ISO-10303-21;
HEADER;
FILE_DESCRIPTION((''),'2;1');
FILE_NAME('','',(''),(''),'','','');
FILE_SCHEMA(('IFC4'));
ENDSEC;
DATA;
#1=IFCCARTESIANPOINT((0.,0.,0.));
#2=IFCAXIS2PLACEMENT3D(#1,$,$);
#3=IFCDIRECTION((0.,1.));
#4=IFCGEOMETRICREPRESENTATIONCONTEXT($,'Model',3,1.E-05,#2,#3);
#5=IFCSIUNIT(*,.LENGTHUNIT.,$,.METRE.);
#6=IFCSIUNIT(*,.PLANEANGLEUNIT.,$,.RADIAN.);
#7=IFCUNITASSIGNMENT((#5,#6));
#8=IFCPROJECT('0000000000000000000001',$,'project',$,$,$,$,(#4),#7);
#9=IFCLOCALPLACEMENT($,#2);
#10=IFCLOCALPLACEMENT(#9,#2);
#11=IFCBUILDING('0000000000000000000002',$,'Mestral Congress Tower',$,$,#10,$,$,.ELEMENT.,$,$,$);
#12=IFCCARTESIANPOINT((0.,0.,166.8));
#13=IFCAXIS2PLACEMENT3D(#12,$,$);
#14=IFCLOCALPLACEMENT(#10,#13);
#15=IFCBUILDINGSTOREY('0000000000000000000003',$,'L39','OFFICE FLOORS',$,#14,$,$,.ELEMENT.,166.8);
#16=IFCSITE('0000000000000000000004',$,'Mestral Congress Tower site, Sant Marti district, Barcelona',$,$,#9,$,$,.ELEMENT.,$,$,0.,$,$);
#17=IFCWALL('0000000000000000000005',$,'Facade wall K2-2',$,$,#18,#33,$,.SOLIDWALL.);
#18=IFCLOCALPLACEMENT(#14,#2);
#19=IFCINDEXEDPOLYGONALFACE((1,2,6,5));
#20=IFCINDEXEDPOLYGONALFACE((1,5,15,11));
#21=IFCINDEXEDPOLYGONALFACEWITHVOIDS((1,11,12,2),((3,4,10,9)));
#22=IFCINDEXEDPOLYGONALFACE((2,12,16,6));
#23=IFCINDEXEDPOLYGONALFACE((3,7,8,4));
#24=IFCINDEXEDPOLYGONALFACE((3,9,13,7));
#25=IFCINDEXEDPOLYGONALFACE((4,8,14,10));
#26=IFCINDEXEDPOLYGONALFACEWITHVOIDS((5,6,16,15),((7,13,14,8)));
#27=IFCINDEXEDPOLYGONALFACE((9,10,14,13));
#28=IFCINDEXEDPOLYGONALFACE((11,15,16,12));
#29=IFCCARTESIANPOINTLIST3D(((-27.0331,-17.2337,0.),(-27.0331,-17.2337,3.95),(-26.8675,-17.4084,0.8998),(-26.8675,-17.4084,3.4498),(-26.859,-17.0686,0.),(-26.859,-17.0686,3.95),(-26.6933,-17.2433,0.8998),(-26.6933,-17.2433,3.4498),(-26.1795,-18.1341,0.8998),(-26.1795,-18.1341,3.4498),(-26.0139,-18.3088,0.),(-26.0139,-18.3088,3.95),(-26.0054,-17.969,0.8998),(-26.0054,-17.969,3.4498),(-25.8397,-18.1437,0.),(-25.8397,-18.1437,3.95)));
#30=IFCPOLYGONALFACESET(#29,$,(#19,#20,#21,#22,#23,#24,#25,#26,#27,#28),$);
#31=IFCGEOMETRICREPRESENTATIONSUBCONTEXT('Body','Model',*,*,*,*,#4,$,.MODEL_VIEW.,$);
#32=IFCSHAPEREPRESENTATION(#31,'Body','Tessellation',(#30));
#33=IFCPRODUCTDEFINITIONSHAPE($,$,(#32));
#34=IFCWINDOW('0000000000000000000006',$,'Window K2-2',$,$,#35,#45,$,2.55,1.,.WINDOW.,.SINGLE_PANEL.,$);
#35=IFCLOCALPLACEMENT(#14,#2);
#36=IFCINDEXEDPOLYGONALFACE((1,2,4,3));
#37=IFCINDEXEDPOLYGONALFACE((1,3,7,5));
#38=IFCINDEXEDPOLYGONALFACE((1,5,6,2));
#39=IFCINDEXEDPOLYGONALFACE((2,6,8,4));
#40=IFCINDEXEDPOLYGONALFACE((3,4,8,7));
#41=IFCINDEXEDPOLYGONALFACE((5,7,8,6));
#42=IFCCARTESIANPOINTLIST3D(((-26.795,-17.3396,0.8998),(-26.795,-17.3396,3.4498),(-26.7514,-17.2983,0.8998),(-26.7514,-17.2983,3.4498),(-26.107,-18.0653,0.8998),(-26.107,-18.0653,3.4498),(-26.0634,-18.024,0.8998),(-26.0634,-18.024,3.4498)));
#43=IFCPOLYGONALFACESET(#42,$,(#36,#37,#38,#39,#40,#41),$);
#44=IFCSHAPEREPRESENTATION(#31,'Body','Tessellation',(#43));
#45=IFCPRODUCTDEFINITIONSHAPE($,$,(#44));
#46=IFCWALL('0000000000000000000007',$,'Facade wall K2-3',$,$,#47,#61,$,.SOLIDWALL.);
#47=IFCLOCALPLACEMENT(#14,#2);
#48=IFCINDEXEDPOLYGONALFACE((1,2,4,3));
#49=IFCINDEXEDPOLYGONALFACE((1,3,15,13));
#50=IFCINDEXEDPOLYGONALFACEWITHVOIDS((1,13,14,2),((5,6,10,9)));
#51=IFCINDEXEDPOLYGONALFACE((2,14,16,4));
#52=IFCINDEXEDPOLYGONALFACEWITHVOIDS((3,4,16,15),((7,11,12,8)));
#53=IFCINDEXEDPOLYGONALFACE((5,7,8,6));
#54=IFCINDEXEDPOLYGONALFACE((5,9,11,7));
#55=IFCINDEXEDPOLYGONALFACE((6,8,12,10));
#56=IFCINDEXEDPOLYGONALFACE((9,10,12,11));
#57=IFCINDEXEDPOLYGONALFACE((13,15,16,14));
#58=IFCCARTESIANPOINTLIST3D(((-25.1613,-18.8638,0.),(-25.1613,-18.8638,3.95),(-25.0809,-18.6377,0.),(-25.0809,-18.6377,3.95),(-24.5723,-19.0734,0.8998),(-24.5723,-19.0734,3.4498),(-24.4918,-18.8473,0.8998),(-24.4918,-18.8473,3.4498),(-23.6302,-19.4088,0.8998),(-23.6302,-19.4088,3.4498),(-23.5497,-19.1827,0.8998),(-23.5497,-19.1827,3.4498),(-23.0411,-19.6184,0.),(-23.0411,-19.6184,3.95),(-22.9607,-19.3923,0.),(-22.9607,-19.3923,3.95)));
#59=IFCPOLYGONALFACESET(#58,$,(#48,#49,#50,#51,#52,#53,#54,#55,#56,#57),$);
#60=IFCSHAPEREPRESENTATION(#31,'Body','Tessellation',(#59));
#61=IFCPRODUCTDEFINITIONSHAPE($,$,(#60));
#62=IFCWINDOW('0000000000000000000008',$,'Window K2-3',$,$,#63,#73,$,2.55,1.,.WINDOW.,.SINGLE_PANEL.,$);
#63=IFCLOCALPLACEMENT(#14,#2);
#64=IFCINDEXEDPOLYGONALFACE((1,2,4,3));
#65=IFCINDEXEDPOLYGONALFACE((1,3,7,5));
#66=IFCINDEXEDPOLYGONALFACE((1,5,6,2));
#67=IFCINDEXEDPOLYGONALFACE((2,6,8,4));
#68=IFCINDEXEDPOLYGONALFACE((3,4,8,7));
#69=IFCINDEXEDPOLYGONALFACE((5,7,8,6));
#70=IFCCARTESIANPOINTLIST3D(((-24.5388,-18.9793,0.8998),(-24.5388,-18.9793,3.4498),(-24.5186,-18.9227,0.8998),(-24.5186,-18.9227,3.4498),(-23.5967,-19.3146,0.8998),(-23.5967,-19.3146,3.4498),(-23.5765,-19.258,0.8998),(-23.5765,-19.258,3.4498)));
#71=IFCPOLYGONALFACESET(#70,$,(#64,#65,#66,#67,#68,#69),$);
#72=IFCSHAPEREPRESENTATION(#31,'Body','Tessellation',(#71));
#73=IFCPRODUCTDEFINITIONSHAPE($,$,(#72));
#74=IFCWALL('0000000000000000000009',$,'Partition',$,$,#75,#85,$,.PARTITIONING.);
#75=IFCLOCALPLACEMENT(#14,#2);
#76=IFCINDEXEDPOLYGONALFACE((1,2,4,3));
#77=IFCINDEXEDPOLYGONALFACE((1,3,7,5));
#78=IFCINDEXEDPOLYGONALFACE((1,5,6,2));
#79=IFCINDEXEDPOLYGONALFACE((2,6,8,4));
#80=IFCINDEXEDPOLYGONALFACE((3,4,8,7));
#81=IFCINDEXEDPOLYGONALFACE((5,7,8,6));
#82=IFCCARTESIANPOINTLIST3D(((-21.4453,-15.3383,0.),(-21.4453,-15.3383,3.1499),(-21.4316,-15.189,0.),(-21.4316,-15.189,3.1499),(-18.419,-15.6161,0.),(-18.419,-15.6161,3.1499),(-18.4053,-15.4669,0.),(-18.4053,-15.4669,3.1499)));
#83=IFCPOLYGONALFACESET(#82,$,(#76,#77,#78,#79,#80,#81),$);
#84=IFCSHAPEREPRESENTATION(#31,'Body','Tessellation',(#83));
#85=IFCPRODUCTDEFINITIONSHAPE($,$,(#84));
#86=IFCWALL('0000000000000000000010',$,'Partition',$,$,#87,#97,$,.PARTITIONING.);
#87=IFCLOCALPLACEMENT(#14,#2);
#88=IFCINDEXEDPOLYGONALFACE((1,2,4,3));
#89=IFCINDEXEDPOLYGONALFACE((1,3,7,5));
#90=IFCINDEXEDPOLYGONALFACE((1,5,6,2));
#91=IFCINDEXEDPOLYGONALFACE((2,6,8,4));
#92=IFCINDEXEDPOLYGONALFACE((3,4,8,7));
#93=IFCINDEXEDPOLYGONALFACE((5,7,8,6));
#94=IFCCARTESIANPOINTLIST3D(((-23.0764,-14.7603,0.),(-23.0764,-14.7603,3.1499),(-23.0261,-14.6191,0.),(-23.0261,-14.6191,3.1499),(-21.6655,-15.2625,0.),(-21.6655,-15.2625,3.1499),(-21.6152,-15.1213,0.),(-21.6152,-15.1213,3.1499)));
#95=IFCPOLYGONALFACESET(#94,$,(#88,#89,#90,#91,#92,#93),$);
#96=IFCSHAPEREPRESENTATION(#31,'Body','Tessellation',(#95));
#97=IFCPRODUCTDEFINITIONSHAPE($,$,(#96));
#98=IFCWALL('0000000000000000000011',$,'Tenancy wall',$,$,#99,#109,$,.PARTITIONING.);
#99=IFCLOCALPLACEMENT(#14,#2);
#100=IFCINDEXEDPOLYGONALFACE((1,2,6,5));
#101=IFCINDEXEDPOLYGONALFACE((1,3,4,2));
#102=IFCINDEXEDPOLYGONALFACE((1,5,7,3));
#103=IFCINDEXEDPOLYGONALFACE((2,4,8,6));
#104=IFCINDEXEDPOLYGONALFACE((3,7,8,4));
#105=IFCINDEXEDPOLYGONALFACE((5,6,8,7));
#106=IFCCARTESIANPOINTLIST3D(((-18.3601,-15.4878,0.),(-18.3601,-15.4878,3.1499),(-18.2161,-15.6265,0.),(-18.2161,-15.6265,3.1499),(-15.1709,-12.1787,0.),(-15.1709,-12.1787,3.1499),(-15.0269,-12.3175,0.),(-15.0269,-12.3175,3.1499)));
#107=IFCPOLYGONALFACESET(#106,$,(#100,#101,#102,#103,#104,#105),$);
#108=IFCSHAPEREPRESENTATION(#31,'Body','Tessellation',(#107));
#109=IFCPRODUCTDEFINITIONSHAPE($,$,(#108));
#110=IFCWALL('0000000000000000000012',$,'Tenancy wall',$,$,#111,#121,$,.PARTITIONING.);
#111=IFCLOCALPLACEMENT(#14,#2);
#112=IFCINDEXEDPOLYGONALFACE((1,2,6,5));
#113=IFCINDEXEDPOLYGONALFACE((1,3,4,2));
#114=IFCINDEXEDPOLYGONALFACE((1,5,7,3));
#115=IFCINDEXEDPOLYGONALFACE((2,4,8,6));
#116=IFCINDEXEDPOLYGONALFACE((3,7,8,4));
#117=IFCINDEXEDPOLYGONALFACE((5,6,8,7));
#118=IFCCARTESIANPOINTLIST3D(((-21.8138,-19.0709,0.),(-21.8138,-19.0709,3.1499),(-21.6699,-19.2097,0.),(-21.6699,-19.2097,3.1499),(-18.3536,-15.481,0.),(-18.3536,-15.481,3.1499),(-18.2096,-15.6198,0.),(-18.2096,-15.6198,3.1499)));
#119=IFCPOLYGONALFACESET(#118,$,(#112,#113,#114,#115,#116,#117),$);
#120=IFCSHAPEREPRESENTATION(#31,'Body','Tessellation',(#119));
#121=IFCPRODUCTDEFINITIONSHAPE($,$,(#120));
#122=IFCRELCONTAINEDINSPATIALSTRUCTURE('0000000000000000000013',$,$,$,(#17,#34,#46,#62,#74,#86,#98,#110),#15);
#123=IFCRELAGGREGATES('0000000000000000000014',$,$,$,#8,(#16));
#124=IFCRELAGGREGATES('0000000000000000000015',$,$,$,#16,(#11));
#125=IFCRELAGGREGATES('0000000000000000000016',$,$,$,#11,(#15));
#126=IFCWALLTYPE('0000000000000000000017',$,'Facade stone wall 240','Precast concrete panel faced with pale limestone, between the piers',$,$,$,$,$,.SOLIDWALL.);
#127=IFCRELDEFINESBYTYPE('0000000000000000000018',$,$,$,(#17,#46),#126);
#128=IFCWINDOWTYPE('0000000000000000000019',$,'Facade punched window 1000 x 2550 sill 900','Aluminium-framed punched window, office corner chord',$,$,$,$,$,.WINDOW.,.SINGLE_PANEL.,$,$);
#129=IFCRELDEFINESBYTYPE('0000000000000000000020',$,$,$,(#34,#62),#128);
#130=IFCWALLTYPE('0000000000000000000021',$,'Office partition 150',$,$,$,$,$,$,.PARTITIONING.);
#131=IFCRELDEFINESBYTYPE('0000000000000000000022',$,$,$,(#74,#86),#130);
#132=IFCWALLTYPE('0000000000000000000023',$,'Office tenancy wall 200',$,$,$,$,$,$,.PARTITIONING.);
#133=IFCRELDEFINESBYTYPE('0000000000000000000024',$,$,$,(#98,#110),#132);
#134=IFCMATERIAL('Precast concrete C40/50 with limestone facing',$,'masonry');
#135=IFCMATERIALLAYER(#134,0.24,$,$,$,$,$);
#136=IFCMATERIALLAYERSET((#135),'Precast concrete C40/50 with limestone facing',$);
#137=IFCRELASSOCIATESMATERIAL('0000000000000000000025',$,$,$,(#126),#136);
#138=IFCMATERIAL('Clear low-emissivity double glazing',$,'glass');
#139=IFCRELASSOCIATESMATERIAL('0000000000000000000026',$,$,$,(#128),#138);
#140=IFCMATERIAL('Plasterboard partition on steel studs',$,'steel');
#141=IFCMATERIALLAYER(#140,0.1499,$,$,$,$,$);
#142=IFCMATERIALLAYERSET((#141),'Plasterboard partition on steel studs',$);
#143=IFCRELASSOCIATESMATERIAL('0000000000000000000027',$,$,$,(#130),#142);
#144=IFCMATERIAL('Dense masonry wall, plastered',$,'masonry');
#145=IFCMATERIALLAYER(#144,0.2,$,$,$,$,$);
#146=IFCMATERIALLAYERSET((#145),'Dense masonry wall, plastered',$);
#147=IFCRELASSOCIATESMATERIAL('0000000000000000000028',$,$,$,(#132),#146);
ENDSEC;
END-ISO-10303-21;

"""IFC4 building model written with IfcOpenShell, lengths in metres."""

from ifc_helpers import new_model, si_unit, direction, frame, frame_2d, origin, place, context, subcontext, project, spatial, rectangle, extrude, material, layer, layer_set, type_object, element, fill, save


model = new_model("IFC4")

# Units and contexts
model_context = context("Model", 3, precision=1e-05, world=origin(), true_north=direction((0.0, 1.0)))
body_context = subcontext(model_context, "Body", "Model", "MODEL_VIEW")
ifc_project = project(units=[si_unit("LENGTHUNIT", "METRE"), si_unit("PLANEANGLEUNIT", "RADIAN")], contexts=[model_context])

# Site, building, storey
site_placement = place(None, origin())
site = spatial("IfcSite", under=ifc_project, at=site_placement, Name="Mestral Congress Tower site, Sant Marti district, Barcelona", CompositionType="ELEMENT", RefElevation=0.0)
building_placement = place(site_placement, origin())
building = spatial("IfcBuilding", under=site, at=building_placement, Name="Mestral Congress Tower", CompositionType="ELEMENT")
storey_placement = place(building_placement, frame((0.0, 0.0, 166.8)))
storey = spatial("IfcBuildingStorey", under=building, at=storey_placement, Name="L39", Description="OFFICE FLOORS", CompositionType="ELEMENT", Elevation=166.8)

# Shared definitions
ifc_material_1 = material(Name="Precast concrete C40/50 with limestone facing", Category="masonry")
ifc_layer_1 = layer(ifc_material_1, 0.24)
ifc_layer_set_1 = layer_set([ifc_layer_1], Name="Precast concrete C40/50 with limestone facing")
wall_type_1 = type_object("IfcWallType", Name="Facade stone wall 240", Description="Precast concrete panel faced with pale limestone, between the piers", PredefinedType="SOLIDWALL", material=ifc_layer_set_1)
ifc_material_2 = material(Name="Clear low-emissivity double glazing", Category="glass")

# Walls, openings, windows
wall_1_placement = place(storey_placement, frame((-26.946, -17.1511, 0.0), z_axis=(0.0, 0.0, 1.0), x_axis=(0.687987, -0.725723, 0.0)))
wall_1 = element("IfcWall", 1, at=wall_1_placement, inside=storey, type_object=wall_type_1, Name="Facade wall K2-2", PredefinedType="SOLIDWALL", context=body_context, shape_type="SweptSolid", body=[
    extrude(rectangle(XDim=1.4814, YDim=0.24, at=frame_2d((0.7407, 0.0))), origin(), (0.0, 0.0, 1.0), 3.95),
])
opening_1_placement = place(wall_1_placement, frame((0.2407, 0.0, 0.8999)))
opening_1 = element("IfcOpeningElement", 2, at=opening_1_placement, cuts=wall_1, PredefinedType="OPENING", context=body_context, shape_type="SweptSolid", body=[
    extrude(rectangle(XDim=1.0, YDim=2.55, at=frame_2d((0.5, 1.2749))), frame((0.0, 0.1299, 0.0), z_axis=(0.0, -1.0, 0.0), x_axis=(1.0, 0.0, 0.0)), (0.0, 0.0, 1.0), 0.26),
])
window_type_1 = type_object("IfcWindowType", Name="Facade punched window 1000 x 2550 sill 900", Description="Aluminium-framed punched window, office corner chord", PartitioningType="SINGLE_PANEL", PredefinedType="WINDOW", material=ifc_material_2)
window_1_placement = place(opening_1_placement, origin())
window_1 = element("IfcWindow", 3, at=window_1_placement, inside=storey, type_object=window_type_1, Name="Window K2-2", OverallHeight=2.55, OverallWidth=1.0, PartitioningType="SINGLE_PANEL", PredefinedType="WINDOW", context=body_context, shape_type="SweptSolid", body=[
    extrude(rectangle(XDim=1.0, YDim=2.55, at=frame_2d((0.5, 1.2749))), frame((0.0, 0.04, 0.0), z_axis=(0.0, -1.0, 0.0), x_axis=(1.0, 0.0, 0.0)), (0.0, 0.0, 1.0), 0.0601),
])
fill(opening_1, window_1)
wall_2_placement = place(storey_placement, frame((-25.1211, -18.7507, 0.0), z_axis=(0.0, 0.0, 1.0), x_axis=(0.9421, -0.335333, 0.0)))
wall_2 = element("IfcWall", 4, at=wall_2_placement, inside=storey, type_object=wall_type_1, Name="Facade wall K2-3", PredefinedType="SOLIDWALL", context=body_context, shape_type="SweptSolid", body=[
    extrude(rectangle(XDim=2.2505, YDim=0.24, at=frame_2d((1.1252, 0.0))), origin(), (0.0, 0.0, 1.0), 3.95),
])
opening_2_placement = place(wall_2_placement, frame((0.6252, 0.0, 0.8999)))
opening_2 = element("IfcOpeningElement", 5, at=opening_2_placement, cuts=wall_2, PredefinedType="OPENING", context=body_context, shape_type="SweptSolid", body=[
    extrude(rectangle(XDim=1.0, YDim=2.55, at=frame_2d((0.5, 1.2749))), frame((0.0, 0.1299, 0.0), z_axis=(0.0, -1.0, 0.0), x_axis=(1.0, 0.0, 0.0)), (0.0, 0.0, 1.0), 0.26),
])
window_2_placement = place(opening_2_placement, origin())
window_2 = element("IfcWindow", 6, at=window_2_placement, inside=storey, type_object=window_type_1, Name="Window K2-3", OverallHeight=2.55, OverallWidth=1.0, PartitioningType="SINGLE_PANEL", PredefinedType="WINDOW", context=body_context, shape_type="SweptSolid", body=[
    extrude(rectangle(XDim=1.0, YDim=2.55, at=frame_2d((0.5, 1.2749))), frame((0.0, 0.04, 0.0), z_axis=(0.0, -1.0, 0.0), x_axis=(1.0, 0.0, 0.0)), (0.0, 0.0, 1.0), 0.0601),
])
fill(opening_2, window_2)

# Walls
ifc_material_3 = material(Name="Plasterboard partition on steel studs", Category="steel")
ifc_layer_2 = layer(ifc_material_3, 0.1499)
ifc_layer_set_2 = layer_set([ifc_layer_2], Name="Plasterboard partition on steel studs")
wall_type_2 = type_object("IfcWallType", Name="Office partition 150", PredefinedType="PARTITIONING", material=ifc_layer_set_2)
wall_3_placement = place(storey_placement, frame((-18.4121, -15.5415, 0.0), z_axis=(0.0, 0.0, 1.0), x_axis=(-0.995812, 0.091419, 0.0)))
element("IfcWall", 7, at=wall_3_placement, inside=storey, type_object=wall_type_2, Name="Partition", PredefinedType="PARTITIONING", context=body_context, shape_type="SweptSolid", body=[
    extrude(rectangle(XDim=3.0391, YDim=0.1499, at=frame_2d((1.5195, 0.0))), origin(), (0.0, 0.0, 1.0), 3.1499),
])
wall_4_placement = place(storey_placement, frame((-21.6404, -15.1919, 0.0), z_axis=(0.0, 0.0, 1.0), x_axis=(-0.942099, 0.335334, 0.0)))
element("IfcWall", 8, at=wall_4_placement, inside=storey, type_object=wall_type_2, Name="Partition", PredefinedType="PARTITIONING", context=body_context, shape_type="SweptSolid", body=[
    extrude(rectangle(XDim=1.4976, YDim=0.1499, at=frame_2d((0.7488, 0.0))), origin(), (0.0, 0.0, 1.0), 3.1499),
])
ifc_material_4 = material(Name="Dense masonry wall, plastered", Category="masonry")
ifc_layer_3 = layer(ifc_material_4, 0.2)
ifc_layer_set_3 = layer_set([ifc_layer_3], Name="Dense masonry wall, plastered")
wall_type_3 = type_object("IfcWallType", Name="Office tenancy wall 200", PredefinedType="PARTITIONING", material=ifc_layer_set_3)
wall_5_placement = place(storey_placement, frame((-18.2881, -15.5571, 0.0), z_axis=(0.0, 0.0, 1.0), x_axis=(0.693945, 0.720028, 0.0)))
element("IfcWall", 9, at=wall_5_placement, inside=storey, type_object=wall_type_3, Name="Tenancy wall", PredefinedType="PARTITIONING", context=body_context, shape_type="SweptSolid", body=[
    extrude(rectangle(XDim=4.5957, YDim=0.2, at=frame_2d((2.2979, 0.0))), origin(), (0.0, 0.0, 1.0), 3.1499),
])
wall_6_placement = place(storey_placement, frame((-21.7419, -19.1404, 0.0), z_axis=(0.0, 0.0, 1.0), x_axis=(0.693987, 0.719988, 0.0)))
element("IfcWall", 10, at=wall_6_placement, inside=storey, type_object=wall_type_3, Name="Tenancy wall", PredefinedType="PARTITIONING", context=body_context, shape_type="SweptSolid", body=[
    extrude(rectangle(XDim=4.9861, YDim=0.2, at=frame_2d((2.4932, 0.0))), origin(), (0.0, 0.0, 1.0), 3.1499),
])

save(model, "model.ifc")
